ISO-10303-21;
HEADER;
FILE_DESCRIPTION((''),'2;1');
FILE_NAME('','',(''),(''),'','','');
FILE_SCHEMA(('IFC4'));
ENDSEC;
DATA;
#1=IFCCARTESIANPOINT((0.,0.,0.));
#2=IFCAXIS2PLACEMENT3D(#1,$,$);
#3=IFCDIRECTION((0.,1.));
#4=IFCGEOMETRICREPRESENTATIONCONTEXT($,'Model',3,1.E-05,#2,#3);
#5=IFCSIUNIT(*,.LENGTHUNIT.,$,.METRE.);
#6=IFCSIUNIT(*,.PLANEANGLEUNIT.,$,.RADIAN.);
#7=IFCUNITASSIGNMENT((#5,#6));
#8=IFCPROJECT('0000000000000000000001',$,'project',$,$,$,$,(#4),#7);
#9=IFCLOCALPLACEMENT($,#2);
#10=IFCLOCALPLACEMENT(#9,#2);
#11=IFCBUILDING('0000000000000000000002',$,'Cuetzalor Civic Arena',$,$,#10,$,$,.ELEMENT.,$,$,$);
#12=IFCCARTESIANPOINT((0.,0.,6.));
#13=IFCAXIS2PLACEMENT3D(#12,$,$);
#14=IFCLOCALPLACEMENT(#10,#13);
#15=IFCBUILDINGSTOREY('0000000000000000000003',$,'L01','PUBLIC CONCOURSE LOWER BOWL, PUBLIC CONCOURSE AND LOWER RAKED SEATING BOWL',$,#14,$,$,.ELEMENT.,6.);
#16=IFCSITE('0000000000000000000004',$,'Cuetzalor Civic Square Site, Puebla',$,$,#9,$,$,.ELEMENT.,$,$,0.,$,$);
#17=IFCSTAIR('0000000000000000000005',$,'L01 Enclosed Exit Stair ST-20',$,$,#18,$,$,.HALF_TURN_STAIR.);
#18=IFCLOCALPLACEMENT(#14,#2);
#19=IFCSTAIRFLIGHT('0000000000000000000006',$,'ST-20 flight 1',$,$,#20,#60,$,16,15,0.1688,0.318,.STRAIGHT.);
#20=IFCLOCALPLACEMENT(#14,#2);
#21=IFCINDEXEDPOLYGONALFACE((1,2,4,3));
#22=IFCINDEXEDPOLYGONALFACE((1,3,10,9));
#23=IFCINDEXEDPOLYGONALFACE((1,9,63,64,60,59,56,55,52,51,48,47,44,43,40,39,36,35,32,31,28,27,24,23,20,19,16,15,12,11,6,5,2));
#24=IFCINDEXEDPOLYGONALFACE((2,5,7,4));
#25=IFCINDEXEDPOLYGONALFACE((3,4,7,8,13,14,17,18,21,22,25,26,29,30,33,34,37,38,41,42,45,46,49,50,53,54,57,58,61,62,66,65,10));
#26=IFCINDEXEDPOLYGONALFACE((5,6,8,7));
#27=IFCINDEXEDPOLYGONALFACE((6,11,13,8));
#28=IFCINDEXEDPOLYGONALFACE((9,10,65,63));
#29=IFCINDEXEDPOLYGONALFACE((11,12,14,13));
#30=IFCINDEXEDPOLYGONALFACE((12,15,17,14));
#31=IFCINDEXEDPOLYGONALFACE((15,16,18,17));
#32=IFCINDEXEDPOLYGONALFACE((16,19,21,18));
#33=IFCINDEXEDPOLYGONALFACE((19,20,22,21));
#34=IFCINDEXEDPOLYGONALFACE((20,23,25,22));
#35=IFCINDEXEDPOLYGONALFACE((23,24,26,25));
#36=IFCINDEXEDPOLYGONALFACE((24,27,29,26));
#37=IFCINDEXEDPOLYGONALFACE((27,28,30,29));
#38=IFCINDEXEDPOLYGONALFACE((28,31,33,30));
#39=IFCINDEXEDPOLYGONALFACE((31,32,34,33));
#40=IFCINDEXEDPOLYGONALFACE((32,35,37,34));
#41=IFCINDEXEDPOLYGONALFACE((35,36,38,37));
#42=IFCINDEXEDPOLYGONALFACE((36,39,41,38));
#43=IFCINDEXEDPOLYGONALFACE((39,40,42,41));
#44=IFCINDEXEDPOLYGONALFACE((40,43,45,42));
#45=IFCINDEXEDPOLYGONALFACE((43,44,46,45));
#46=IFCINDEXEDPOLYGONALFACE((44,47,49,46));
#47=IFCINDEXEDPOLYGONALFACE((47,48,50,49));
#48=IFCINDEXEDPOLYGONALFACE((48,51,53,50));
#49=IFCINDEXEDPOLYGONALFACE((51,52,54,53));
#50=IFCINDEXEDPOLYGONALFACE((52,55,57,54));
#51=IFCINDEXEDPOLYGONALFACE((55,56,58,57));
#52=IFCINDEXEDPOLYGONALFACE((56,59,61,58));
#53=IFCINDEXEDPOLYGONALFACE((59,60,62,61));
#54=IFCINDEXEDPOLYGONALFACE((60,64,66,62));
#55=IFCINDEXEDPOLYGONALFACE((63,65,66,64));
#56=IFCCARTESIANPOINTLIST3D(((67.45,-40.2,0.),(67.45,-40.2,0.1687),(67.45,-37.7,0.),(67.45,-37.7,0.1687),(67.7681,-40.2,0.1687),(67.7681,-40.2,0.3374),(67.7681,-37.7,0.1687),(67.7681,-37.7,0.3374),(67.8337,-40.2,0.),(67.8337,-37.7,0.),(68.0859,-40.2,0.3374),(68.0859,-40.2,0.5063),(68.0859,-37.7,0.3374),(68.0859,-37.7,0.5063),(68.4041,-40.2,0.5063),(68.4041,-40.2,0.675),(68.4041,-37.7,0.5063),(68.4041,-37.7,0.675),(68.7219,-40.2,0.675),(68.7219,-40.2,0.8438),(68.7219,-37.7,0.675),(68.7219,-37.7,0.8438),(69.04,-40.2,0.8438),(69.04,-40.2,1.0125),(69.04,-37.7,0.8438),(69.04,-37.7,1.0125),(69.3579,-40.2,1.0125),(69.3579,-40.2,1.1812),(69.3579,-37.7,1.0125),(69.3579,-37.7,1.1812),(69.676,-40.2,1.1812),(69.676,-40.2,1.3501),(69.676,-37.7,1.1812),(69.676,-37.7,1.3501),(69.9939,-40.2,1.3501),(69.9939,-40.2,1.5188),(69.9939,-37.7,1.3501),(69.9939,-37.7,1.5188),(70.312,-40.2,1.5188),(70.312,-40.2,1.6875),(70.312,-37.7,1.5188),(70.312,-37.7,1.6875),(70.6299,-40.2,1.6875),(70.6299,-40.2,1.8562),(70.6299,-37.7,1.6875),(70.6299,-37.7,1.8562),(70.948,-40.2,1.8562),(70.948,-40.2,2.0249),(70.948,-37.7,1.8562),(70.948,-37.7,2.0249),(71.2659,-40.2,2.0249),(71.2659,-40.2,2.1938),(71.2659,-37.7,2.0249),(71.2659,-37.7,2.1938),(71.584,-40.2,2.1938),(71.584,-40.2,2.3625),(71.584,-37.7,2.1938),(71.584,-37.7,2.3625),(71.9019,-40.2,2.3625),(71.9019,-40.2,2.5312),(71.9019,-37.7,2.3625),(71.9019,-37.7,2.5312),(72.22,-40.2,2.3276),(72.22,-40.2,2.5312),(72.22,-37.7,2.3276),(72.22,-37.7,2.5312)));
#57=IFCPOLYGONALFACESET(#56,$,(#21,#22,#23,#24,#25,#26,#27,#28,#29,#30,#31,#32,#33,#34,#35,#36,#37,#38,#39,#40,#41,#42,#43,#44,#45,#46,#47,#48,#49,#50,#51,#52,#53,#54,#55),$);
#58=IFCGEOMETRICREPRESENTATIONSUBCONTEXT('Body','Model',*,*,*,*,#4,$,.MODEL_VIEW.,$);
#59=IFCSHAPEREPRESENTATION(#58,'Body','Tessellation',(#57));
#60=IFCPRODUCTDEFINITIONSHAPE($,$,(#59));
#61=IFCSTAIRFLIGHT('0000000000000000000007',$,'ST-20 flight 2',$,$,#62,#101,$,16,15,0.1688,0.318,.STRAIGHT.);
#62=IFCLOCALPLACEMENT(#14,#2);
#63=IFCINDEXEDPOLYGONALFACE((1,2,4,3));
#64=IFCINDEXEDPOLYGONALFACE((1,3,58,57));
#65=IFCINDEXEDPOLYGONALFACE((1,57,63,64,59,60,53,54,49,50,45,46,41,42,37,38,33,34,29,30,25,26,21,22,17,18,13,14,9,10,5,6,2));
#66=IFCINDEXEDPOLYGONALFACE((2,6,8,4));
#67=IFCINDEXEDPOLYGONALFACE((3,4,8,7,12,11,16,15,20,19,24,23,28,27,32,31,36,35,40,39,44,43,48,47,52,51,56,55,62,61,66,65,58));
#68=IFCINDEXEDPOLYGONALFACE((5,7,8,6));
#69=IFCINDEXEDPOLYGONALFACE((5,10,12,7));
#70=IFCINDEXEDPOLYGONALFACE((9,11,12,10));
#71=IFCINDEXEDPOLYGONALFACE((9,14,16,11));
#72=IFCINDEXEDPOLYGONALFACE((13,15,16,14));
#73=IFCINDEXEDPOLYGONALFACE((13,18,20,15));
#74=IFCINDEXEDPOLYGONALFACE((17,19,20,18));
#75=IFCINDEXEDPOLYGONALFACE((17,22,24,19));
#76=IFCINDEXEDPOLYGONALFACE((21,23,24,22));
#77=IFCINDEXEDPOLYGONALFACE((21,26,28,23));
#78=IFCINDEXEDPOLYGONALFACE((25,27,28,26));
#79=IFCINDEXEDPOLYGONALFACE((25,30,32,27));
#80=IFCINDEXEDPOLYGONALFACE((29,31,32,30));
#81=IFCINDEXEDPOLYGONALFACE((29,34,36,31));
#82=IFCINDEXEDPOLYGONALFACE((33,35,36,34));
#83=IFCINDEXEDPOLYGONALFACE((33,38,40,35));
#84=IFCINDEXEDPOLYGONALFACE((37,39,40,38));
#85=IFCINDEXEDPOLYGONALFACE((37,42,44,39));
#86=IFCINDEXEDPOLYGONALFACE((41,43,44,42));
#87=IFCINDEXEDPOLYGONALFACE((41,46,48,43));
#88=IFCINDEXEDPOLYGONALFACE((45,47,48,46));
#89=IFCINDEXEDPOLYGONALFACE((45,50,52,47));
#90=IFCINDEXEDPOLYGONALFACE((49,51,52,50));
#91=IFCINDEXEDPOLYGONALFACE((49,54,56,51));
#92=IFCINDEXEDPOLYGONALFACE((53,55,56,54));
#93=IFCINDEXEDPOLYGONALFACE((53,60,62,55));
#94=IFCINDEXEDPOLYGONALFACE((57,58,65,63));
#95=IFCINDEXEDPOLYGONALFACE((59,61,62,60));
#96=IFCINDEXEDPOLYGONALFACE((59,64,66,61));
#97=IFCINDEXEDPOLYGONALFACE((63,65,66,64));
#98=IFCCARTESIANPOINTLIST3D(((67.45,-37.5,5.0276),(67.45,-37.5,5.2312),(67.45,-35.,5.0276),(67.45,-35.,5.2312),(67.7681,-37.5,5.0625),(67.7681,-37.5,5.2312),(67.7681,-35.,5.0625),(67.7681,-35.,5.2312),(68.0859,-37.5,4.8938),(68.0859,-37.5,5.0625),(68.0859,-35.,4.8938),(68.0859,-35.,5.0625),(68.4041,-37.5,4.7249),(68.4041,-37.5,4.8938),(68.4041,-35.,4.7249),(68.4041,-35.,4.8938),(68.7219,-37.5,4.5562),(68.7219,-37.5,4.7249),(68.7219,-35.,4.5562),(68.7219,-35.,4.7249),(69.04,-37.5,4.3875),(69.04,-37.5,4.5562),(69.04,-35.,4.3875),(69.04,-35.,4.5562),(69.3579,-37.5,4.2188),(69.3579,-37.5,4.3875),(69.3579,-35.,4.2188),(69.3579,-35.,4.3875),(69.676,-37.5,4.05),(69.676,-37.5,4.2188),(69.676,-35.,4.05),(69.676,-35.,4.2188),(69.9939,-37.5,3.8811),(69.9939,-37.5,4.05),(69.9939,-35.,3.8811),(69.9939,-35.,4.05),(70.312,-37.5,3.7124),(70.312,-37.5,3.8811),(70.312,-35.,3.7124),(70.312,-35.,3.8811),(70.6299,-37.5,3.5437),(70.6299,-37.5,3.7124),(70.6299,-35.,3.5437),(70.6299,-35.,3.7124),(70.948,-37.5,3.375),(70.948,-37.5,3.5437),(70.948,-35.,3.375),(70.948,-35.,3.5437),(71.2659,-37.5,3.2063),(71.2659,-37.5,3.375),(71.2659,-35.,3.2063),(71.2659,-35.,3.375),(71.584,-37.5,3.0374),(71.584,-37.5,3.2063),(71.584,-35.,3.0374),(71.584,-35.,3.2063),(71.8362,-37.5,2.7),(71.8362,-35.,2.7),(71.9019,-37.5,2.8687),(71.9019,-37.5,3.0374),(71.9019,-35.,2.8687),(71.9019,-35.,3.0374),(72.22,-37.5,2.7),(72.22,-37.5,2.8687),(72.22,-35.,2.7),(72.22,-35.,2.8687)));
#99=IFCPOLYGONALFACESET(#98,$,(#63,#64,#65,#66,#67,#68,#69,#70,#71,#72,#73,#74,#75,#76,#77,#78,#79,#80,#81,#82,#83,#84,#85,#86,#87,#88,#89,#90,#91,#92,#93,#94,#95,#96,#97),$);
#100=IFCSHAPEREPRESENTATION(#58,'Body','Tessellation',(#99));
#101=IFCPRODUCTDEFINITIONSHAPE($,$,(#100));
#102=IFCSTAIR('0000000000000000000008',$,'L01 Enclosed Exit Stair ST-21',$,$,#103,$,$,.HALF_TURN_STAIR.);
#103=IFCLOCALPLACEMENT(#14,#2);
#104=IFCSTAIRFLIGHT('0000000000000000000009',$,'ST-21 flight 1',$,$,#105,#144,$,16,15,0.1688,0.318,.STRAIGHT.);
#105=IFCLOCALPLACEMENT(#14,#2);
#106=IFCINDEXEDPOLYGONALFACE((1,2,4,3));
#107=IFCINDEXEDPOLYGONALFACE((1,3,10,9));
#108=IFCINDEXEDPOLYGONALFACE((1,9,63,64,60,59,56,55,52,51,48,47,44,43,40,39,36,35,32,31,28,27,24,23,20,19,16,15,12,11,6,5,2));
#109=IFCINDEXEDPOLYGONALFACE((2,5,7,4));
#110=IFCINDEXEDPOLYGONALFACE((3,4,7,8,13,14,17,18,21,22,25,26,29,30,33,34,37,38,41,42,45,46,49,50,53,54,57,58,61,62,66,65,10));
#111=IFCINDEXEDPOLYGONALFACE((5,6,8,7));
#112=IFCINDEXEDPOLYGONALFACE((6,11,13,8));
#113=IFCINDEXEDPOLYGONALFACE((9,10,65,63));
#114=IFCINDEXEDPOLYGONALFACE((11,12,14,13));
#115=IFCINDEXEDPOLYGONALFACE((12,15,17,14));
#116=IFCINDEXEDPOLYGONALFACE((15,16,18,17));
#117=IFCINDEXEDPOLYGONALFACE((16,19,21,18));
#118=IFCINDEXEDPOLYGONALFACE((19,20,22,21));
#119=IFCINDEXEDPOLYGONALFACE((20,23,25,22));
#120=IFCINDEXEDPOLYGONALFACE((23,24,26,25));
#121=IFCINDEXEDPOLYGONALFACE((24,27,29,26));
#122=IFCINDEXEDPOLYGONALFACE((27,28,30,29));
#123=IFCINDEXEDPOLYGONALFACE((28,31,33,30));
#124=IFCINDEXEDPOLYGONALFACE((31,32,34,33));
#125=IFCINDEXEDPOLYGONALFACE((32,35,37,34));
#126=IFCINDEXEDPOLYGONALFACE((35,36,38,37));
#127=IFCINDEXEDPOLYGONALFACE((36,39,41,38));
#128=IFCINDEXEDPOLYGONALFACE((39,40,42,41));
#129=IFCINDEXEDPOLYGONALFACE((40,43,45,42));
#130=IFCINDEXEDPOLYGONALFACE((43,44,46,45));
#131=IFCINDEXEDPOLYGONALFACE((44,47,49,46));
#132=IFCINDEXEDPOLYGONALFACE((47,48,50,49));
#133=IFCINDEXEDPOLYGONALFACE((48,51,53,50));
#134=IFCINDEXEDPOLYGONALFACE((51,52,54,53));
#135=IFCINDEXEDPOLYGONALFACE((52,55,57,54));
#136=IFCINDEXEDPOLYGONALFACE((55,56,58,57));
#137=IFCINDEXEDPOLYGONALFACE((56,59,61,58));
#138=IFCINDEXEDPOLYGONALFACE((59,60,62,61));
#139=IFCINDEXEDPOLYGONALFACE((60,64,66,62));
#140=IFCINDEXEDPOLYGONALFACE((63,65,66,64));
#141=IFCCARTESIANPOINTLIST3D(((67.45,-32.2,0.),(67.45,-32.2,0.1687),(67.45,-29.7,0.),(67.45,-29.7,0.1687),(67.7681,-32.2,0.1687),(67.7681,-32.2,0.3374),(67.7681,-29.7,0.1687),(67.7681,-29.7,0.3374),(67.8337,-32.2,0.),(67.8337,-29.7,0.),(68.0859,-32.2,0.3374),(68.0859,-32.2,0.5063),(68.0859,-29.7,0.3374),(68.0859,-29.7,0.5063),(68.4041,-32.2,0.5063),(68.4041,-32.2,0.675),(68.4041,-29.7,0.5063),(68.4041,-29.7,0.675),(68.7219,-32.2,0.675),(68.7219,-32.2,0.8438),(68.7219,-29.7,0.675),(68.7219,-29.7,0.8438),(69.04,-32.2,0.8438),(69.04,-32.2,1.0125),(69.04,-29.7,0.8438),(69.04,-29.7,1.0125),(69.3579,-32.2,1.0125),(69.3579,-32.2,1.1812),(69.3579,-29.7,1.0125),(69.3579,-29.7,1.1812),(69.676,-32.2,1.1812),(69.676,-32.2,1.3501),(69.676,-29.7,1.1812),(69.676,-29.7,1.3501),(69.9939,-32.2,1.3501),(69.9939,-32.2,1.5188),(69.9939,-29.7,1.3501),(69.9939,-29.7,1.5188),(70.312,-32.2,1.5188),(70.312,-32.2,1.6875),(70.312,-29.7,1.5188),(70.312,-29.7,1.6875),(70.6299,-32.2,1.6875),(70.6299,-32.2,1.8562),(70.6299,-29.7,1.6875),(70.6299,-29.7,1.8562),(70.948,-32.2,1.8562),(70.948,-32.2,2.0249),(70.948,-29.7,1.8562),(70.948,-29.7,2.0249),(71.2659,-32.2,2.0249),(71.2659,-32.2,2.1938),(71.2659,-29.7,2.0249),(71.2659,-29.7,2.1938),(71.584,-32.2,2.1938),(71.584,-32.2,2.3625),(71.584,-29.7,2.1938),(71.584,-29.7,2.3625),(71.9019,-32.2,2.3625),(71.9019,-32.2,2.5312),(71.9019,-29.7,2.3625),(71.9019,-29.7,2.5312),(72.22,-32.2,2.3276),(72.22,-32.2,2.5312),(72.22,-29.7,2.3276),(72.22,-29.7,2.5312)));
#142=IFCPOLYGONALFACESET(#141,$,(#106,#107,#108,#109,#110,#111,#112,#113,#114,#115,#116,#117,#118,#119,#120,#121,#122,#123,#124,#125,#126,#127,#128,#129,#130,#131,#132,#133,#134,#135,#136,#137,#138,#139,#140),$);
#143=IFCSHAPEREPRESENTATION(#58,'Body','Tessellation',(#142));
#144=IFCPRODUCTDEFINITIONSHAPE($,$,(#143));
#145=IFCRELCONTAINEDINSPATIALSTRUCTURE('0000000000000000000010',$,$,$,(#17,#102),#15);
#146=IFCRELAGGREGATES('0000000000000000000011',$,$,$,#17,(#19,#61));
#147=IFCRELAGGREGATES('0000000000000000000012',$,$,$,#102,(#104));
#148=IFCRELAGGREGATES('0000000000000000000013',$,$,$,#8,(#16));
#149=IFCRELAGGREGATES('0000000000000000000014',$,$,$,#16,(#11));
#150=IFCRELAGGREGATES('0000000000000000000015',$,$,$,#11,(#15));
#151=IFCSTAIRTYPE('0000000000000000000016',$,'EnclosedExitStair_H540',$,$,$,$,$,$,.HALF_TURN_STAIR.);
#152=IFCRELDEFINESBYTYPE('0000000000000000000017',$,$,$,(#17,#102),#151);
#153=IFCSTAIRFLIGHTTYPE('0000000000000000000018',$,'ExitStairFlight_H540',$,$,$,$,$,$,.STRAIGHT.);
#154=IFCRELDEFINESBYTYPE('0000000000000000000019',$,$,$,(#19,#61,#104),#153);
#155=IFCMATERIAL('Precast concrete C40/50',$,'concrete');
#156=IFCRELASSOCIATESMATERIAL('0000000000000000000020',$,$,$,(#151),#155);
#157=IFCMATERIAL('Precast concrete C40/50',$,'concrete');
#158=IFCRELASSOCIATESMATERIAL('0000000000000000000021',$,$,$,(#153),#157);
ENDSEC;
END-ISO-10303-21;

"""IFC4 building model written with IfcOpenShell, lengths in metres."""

from ifc_helpers import new_model, si_unit, direction, frame, origin, place, context, subcontext, project, spatial, polyline, outline, extrude, material, type_object, element, aggregate, save


model = new_model("IFC4")

# Units and contexts
model_context = context("Model", 3, precision=1e-05, world=origin(), true_north=direction((0.0, 1.0)))
body_context = subcontext(model_context, "Body", "Model", "MODEL_VIEW")
ifc_project = project(units=[si_unit("LENGTHUNIT", "METRE"), si_unit("PLANEANGLEUNIT", "RADIAN")], contexts=[model_context])

# Site, building, storey
site_placement = place(None, origin())
site = spatial("IfcSite", under=ifc_project, at=site_placement, Name="Cuetzalor Civic Square Site, Puebla", CompositionType="ELEMENT", RefElevation=0.0)
building_placement = place(site_placement, origin())
building = spatial("IfcBuilding", under=site, at=building_placement, Name="Cuetzalor Civic Arena", CompositionType="ELEMENT")
storey_placement = place(building_placement, frame((0.0, 0.0, 6.0)))
storey = spatial("IfcBuildingStorey", under=building, at=storey_placement, Name="L01", Description="PUBLIC CONCOURSE LOWER BOWL, PUBLIC CONCOURSE AND LOWER RAKED SEATING BOWL", CompositionType="ELEMENT", Elevation=6.0)

# Stair, stair flights
ifc_material_1 = material(Name="Precast concrete C40/50", Category="concrete")
stair_type = type_object("IfcStairType", Name="EnclosedExitStair_H540", PredefinedType="HALF_TURN_STAIR", material=ifc_material_1)
ifc_material_2 = material(Name="Precast concrete C40/50", Category="concrete")
stair_flight_type = type_object("IfcStairFlightType", Name="ExitStairFlight_H540", PredefinedType="STRAIGHT", material=ifc_material_2)
stair_1_placement = place(storey_placement, origin())
stair_1 = element("IfcStair", 1, at=stair_1_placement, inside=storey, type_object=stair_type, Name="L01 Enclosed Exit Stair ST-20", PredefinedType="HALF_TURN_STAIR")
stair_flight_1_placement = place(storey_placement, frame((67.45, -38.95, 0.0), z_axis=(0.0, 0.0, 1.0), x_axis=(1.0, 0.0, 0.0)))
stair_flight_1 = element("IfcStairFlight", 2, at=stair_flight_1_placement, type_object=stair_flight_type, Name="ST-20 flight 1", NumberOfRisers=16, NumberOfTreads=15, PredefinedType="STRAIGHT", RiserHeight=0.1688, TreadLength=0.318, context=body_context, shape_type="SweptSolid", body=[
    extrude(outline(polyline([(0.0, 0.0), (0.0, 0.1687), (0.3181, 0.1687), (0.3181, 0.3374), (0.636, 0.3374), (0.636, 0.5063), (0.9541, 0.5063), (0.9541, 0.675), (1.272, 0.675), (1.272, 0.8438), (1.5901, 0.8438), (1.5901, 1.0125), (1.908, 1.0125), (1.908, 1.1812), (2.2261, 1.1812), (2.2261, 1.3501), (2.5439, 1.3501), (2.5439, 1.5188), (2.8621, 1.5188), (2.8621, 1.6875), (3.1799, 1.6875), (3.1799, 1.8562), (3.498, 1.8562), (3.498, 2.0249), (3.8159, 2.0249), (3.8159, 2.1938), (4.134, 2.1938), (4.134, 2.3625), (4.4519, 2.3625), (4.4519, 2.5312), (4.77, 2.5312), (4.77, 2.7), (4.77, 2.3276), (0.3838, 0.0), (0.0, 0.0)])), frame((0.0, 1.25, 0.0), z_axis=(0.0, -1.0, 0.0), x_axis=(1.0, 0.0, 0.0)), (0.0, 0.0, 1.0), 2.5),
])
stair_flight_2_placement = place(storey_placement, frame((72.22, -36.25, 2.7), z_axis=(0.0, 0.0, 1.0), x_axis=(-1.0, 0.0, 0.0)))
stair_flight_2 = element("IfcStairFlight", 3, at=stair_flight_2_placement, type_object=stair_flight_type, Name="ST-20 flight 2", NumberOfRisers=16, NumberOfTreads=15, PredefinedType="STRAIGHT", RiserHeight=0.1688, TreadLength=0.318, context=body_context, shape_type="SweptSolid", body=[
    extrude(outline(polyline([(0.0, 0.0), (0.0, 0.1687), (0.3181, 0.1687), (0.3181, 0.3374), (0.636, 0.3374), (0.636, 0.5063), (0.9541, 0.5063), (0.9541, 0.675), (1.272, 0.675), (1.272, 0.8438), (1.5901, 0.8438), (1.5901, 1.0125), (1.908, 1.0125), (1.908, 1.1812), (2.2261, 1.1812), (2.2261, 1.3501), (2.5439, 1.3501), (2.5439, 1.5188), (2.8621, 1.5188), (2.8621, 1.6875), (3.1799, 1.6875), (3.1799, 1.8562), (3.498, 1.8562), (3.498, 2.0249), (3.8159, 2.0249), (3.8159, 2.1938), (4.134, 2.1938), (4.134, 2.3625), (4.4519, 2.3625), (4.4519, 2.5312), (4.77, 2.5312), (4.77, 2.7), (4.77, 2.3276), (0.3838, 0.0), (0.0, 0.0)])), frame((0.0, 1.25, 0.0), z_axis=(0.0, -1.0, 0.0), x_axis=(1.0, 0.0, 0.0)), (0.0, 0.0, 1.0), 2.5),
])
aggregate(stair_1, [stair_flight_1, stair_flight_2])

# Stair, stair flight
stair_2_placement = place(storey_placement, origin())
stair_2 = element("IfcStair", 4, at=stair_2_placement, inside=storey, type_object=stair_type, Name="L01 Enclosed Exit Stair ST-21", PredefinedType="HALF_TURN_STAIR")
stair_flight_3_placement = place(storey_placement, frame((67.45, -30.95, 0.0), z_axis=(0.0, 0.0, 1.0), x_axis=(1.0, 0.0, 0.0)))
stair_flight_3 = element("IfcStairFlight", 5, at=stair_flight_3_placement, type_object=stair_flight_type, Name="ST-21 flight 1", NumberOfRisers=16, NumberOfTreads=15, PredefinedType="STRAIGHT", RiserHeight=0.1688, TreadLength=0.318, context=body_context, shape_type="SweptSolid", body=[
    extrude(outline(polyline([(0.0, 0.0), (0.0, 0.1687), (0.3181, 0.1687), (0.3181, 0.3374), (0.636, 0.3374), (0.636, 0.5063), (0.9541, 0.5063), (0.9541, 0.675), (1.272, 0.675), (1.272, 0.8438), (1.5901, 0.8438), (1.5901, 1.0125), (1.908, 1.0125), (1.908, 1.1812), (2.2261, 1.1812), (2.2261, 1.3501), (2.5439, 1.3501), (2.5439, 1.5188), (2.8621, 1.5188), (2.8621, 1.6875), (3.1799, 1.6875), (3.1799, 1.8562), (3.498, 1.8562), (3.498, 2.0249), (3.8159, 2.0249), (3.8159, 2.1938), (4.134, 2.1938), (4.134, 2.3625), (4.4519, 2.3625), (4.4519, 2.5312), (4.77, 2.5312), (4.77, 2.7), (4.77, 2.3276), (0.3838, 0.0), (0.0, 0.0)])), frame((0.0, 1.25, 0.0), z_axis=(0.0, -1.0, 0.0), x_axis=(1.0, 0.0, 0.0)), (0.0, 0.0, 1.0), 2.5),
])
aggregate(stair_2, [stair_flight_3])

save(model, "model.ifc")
